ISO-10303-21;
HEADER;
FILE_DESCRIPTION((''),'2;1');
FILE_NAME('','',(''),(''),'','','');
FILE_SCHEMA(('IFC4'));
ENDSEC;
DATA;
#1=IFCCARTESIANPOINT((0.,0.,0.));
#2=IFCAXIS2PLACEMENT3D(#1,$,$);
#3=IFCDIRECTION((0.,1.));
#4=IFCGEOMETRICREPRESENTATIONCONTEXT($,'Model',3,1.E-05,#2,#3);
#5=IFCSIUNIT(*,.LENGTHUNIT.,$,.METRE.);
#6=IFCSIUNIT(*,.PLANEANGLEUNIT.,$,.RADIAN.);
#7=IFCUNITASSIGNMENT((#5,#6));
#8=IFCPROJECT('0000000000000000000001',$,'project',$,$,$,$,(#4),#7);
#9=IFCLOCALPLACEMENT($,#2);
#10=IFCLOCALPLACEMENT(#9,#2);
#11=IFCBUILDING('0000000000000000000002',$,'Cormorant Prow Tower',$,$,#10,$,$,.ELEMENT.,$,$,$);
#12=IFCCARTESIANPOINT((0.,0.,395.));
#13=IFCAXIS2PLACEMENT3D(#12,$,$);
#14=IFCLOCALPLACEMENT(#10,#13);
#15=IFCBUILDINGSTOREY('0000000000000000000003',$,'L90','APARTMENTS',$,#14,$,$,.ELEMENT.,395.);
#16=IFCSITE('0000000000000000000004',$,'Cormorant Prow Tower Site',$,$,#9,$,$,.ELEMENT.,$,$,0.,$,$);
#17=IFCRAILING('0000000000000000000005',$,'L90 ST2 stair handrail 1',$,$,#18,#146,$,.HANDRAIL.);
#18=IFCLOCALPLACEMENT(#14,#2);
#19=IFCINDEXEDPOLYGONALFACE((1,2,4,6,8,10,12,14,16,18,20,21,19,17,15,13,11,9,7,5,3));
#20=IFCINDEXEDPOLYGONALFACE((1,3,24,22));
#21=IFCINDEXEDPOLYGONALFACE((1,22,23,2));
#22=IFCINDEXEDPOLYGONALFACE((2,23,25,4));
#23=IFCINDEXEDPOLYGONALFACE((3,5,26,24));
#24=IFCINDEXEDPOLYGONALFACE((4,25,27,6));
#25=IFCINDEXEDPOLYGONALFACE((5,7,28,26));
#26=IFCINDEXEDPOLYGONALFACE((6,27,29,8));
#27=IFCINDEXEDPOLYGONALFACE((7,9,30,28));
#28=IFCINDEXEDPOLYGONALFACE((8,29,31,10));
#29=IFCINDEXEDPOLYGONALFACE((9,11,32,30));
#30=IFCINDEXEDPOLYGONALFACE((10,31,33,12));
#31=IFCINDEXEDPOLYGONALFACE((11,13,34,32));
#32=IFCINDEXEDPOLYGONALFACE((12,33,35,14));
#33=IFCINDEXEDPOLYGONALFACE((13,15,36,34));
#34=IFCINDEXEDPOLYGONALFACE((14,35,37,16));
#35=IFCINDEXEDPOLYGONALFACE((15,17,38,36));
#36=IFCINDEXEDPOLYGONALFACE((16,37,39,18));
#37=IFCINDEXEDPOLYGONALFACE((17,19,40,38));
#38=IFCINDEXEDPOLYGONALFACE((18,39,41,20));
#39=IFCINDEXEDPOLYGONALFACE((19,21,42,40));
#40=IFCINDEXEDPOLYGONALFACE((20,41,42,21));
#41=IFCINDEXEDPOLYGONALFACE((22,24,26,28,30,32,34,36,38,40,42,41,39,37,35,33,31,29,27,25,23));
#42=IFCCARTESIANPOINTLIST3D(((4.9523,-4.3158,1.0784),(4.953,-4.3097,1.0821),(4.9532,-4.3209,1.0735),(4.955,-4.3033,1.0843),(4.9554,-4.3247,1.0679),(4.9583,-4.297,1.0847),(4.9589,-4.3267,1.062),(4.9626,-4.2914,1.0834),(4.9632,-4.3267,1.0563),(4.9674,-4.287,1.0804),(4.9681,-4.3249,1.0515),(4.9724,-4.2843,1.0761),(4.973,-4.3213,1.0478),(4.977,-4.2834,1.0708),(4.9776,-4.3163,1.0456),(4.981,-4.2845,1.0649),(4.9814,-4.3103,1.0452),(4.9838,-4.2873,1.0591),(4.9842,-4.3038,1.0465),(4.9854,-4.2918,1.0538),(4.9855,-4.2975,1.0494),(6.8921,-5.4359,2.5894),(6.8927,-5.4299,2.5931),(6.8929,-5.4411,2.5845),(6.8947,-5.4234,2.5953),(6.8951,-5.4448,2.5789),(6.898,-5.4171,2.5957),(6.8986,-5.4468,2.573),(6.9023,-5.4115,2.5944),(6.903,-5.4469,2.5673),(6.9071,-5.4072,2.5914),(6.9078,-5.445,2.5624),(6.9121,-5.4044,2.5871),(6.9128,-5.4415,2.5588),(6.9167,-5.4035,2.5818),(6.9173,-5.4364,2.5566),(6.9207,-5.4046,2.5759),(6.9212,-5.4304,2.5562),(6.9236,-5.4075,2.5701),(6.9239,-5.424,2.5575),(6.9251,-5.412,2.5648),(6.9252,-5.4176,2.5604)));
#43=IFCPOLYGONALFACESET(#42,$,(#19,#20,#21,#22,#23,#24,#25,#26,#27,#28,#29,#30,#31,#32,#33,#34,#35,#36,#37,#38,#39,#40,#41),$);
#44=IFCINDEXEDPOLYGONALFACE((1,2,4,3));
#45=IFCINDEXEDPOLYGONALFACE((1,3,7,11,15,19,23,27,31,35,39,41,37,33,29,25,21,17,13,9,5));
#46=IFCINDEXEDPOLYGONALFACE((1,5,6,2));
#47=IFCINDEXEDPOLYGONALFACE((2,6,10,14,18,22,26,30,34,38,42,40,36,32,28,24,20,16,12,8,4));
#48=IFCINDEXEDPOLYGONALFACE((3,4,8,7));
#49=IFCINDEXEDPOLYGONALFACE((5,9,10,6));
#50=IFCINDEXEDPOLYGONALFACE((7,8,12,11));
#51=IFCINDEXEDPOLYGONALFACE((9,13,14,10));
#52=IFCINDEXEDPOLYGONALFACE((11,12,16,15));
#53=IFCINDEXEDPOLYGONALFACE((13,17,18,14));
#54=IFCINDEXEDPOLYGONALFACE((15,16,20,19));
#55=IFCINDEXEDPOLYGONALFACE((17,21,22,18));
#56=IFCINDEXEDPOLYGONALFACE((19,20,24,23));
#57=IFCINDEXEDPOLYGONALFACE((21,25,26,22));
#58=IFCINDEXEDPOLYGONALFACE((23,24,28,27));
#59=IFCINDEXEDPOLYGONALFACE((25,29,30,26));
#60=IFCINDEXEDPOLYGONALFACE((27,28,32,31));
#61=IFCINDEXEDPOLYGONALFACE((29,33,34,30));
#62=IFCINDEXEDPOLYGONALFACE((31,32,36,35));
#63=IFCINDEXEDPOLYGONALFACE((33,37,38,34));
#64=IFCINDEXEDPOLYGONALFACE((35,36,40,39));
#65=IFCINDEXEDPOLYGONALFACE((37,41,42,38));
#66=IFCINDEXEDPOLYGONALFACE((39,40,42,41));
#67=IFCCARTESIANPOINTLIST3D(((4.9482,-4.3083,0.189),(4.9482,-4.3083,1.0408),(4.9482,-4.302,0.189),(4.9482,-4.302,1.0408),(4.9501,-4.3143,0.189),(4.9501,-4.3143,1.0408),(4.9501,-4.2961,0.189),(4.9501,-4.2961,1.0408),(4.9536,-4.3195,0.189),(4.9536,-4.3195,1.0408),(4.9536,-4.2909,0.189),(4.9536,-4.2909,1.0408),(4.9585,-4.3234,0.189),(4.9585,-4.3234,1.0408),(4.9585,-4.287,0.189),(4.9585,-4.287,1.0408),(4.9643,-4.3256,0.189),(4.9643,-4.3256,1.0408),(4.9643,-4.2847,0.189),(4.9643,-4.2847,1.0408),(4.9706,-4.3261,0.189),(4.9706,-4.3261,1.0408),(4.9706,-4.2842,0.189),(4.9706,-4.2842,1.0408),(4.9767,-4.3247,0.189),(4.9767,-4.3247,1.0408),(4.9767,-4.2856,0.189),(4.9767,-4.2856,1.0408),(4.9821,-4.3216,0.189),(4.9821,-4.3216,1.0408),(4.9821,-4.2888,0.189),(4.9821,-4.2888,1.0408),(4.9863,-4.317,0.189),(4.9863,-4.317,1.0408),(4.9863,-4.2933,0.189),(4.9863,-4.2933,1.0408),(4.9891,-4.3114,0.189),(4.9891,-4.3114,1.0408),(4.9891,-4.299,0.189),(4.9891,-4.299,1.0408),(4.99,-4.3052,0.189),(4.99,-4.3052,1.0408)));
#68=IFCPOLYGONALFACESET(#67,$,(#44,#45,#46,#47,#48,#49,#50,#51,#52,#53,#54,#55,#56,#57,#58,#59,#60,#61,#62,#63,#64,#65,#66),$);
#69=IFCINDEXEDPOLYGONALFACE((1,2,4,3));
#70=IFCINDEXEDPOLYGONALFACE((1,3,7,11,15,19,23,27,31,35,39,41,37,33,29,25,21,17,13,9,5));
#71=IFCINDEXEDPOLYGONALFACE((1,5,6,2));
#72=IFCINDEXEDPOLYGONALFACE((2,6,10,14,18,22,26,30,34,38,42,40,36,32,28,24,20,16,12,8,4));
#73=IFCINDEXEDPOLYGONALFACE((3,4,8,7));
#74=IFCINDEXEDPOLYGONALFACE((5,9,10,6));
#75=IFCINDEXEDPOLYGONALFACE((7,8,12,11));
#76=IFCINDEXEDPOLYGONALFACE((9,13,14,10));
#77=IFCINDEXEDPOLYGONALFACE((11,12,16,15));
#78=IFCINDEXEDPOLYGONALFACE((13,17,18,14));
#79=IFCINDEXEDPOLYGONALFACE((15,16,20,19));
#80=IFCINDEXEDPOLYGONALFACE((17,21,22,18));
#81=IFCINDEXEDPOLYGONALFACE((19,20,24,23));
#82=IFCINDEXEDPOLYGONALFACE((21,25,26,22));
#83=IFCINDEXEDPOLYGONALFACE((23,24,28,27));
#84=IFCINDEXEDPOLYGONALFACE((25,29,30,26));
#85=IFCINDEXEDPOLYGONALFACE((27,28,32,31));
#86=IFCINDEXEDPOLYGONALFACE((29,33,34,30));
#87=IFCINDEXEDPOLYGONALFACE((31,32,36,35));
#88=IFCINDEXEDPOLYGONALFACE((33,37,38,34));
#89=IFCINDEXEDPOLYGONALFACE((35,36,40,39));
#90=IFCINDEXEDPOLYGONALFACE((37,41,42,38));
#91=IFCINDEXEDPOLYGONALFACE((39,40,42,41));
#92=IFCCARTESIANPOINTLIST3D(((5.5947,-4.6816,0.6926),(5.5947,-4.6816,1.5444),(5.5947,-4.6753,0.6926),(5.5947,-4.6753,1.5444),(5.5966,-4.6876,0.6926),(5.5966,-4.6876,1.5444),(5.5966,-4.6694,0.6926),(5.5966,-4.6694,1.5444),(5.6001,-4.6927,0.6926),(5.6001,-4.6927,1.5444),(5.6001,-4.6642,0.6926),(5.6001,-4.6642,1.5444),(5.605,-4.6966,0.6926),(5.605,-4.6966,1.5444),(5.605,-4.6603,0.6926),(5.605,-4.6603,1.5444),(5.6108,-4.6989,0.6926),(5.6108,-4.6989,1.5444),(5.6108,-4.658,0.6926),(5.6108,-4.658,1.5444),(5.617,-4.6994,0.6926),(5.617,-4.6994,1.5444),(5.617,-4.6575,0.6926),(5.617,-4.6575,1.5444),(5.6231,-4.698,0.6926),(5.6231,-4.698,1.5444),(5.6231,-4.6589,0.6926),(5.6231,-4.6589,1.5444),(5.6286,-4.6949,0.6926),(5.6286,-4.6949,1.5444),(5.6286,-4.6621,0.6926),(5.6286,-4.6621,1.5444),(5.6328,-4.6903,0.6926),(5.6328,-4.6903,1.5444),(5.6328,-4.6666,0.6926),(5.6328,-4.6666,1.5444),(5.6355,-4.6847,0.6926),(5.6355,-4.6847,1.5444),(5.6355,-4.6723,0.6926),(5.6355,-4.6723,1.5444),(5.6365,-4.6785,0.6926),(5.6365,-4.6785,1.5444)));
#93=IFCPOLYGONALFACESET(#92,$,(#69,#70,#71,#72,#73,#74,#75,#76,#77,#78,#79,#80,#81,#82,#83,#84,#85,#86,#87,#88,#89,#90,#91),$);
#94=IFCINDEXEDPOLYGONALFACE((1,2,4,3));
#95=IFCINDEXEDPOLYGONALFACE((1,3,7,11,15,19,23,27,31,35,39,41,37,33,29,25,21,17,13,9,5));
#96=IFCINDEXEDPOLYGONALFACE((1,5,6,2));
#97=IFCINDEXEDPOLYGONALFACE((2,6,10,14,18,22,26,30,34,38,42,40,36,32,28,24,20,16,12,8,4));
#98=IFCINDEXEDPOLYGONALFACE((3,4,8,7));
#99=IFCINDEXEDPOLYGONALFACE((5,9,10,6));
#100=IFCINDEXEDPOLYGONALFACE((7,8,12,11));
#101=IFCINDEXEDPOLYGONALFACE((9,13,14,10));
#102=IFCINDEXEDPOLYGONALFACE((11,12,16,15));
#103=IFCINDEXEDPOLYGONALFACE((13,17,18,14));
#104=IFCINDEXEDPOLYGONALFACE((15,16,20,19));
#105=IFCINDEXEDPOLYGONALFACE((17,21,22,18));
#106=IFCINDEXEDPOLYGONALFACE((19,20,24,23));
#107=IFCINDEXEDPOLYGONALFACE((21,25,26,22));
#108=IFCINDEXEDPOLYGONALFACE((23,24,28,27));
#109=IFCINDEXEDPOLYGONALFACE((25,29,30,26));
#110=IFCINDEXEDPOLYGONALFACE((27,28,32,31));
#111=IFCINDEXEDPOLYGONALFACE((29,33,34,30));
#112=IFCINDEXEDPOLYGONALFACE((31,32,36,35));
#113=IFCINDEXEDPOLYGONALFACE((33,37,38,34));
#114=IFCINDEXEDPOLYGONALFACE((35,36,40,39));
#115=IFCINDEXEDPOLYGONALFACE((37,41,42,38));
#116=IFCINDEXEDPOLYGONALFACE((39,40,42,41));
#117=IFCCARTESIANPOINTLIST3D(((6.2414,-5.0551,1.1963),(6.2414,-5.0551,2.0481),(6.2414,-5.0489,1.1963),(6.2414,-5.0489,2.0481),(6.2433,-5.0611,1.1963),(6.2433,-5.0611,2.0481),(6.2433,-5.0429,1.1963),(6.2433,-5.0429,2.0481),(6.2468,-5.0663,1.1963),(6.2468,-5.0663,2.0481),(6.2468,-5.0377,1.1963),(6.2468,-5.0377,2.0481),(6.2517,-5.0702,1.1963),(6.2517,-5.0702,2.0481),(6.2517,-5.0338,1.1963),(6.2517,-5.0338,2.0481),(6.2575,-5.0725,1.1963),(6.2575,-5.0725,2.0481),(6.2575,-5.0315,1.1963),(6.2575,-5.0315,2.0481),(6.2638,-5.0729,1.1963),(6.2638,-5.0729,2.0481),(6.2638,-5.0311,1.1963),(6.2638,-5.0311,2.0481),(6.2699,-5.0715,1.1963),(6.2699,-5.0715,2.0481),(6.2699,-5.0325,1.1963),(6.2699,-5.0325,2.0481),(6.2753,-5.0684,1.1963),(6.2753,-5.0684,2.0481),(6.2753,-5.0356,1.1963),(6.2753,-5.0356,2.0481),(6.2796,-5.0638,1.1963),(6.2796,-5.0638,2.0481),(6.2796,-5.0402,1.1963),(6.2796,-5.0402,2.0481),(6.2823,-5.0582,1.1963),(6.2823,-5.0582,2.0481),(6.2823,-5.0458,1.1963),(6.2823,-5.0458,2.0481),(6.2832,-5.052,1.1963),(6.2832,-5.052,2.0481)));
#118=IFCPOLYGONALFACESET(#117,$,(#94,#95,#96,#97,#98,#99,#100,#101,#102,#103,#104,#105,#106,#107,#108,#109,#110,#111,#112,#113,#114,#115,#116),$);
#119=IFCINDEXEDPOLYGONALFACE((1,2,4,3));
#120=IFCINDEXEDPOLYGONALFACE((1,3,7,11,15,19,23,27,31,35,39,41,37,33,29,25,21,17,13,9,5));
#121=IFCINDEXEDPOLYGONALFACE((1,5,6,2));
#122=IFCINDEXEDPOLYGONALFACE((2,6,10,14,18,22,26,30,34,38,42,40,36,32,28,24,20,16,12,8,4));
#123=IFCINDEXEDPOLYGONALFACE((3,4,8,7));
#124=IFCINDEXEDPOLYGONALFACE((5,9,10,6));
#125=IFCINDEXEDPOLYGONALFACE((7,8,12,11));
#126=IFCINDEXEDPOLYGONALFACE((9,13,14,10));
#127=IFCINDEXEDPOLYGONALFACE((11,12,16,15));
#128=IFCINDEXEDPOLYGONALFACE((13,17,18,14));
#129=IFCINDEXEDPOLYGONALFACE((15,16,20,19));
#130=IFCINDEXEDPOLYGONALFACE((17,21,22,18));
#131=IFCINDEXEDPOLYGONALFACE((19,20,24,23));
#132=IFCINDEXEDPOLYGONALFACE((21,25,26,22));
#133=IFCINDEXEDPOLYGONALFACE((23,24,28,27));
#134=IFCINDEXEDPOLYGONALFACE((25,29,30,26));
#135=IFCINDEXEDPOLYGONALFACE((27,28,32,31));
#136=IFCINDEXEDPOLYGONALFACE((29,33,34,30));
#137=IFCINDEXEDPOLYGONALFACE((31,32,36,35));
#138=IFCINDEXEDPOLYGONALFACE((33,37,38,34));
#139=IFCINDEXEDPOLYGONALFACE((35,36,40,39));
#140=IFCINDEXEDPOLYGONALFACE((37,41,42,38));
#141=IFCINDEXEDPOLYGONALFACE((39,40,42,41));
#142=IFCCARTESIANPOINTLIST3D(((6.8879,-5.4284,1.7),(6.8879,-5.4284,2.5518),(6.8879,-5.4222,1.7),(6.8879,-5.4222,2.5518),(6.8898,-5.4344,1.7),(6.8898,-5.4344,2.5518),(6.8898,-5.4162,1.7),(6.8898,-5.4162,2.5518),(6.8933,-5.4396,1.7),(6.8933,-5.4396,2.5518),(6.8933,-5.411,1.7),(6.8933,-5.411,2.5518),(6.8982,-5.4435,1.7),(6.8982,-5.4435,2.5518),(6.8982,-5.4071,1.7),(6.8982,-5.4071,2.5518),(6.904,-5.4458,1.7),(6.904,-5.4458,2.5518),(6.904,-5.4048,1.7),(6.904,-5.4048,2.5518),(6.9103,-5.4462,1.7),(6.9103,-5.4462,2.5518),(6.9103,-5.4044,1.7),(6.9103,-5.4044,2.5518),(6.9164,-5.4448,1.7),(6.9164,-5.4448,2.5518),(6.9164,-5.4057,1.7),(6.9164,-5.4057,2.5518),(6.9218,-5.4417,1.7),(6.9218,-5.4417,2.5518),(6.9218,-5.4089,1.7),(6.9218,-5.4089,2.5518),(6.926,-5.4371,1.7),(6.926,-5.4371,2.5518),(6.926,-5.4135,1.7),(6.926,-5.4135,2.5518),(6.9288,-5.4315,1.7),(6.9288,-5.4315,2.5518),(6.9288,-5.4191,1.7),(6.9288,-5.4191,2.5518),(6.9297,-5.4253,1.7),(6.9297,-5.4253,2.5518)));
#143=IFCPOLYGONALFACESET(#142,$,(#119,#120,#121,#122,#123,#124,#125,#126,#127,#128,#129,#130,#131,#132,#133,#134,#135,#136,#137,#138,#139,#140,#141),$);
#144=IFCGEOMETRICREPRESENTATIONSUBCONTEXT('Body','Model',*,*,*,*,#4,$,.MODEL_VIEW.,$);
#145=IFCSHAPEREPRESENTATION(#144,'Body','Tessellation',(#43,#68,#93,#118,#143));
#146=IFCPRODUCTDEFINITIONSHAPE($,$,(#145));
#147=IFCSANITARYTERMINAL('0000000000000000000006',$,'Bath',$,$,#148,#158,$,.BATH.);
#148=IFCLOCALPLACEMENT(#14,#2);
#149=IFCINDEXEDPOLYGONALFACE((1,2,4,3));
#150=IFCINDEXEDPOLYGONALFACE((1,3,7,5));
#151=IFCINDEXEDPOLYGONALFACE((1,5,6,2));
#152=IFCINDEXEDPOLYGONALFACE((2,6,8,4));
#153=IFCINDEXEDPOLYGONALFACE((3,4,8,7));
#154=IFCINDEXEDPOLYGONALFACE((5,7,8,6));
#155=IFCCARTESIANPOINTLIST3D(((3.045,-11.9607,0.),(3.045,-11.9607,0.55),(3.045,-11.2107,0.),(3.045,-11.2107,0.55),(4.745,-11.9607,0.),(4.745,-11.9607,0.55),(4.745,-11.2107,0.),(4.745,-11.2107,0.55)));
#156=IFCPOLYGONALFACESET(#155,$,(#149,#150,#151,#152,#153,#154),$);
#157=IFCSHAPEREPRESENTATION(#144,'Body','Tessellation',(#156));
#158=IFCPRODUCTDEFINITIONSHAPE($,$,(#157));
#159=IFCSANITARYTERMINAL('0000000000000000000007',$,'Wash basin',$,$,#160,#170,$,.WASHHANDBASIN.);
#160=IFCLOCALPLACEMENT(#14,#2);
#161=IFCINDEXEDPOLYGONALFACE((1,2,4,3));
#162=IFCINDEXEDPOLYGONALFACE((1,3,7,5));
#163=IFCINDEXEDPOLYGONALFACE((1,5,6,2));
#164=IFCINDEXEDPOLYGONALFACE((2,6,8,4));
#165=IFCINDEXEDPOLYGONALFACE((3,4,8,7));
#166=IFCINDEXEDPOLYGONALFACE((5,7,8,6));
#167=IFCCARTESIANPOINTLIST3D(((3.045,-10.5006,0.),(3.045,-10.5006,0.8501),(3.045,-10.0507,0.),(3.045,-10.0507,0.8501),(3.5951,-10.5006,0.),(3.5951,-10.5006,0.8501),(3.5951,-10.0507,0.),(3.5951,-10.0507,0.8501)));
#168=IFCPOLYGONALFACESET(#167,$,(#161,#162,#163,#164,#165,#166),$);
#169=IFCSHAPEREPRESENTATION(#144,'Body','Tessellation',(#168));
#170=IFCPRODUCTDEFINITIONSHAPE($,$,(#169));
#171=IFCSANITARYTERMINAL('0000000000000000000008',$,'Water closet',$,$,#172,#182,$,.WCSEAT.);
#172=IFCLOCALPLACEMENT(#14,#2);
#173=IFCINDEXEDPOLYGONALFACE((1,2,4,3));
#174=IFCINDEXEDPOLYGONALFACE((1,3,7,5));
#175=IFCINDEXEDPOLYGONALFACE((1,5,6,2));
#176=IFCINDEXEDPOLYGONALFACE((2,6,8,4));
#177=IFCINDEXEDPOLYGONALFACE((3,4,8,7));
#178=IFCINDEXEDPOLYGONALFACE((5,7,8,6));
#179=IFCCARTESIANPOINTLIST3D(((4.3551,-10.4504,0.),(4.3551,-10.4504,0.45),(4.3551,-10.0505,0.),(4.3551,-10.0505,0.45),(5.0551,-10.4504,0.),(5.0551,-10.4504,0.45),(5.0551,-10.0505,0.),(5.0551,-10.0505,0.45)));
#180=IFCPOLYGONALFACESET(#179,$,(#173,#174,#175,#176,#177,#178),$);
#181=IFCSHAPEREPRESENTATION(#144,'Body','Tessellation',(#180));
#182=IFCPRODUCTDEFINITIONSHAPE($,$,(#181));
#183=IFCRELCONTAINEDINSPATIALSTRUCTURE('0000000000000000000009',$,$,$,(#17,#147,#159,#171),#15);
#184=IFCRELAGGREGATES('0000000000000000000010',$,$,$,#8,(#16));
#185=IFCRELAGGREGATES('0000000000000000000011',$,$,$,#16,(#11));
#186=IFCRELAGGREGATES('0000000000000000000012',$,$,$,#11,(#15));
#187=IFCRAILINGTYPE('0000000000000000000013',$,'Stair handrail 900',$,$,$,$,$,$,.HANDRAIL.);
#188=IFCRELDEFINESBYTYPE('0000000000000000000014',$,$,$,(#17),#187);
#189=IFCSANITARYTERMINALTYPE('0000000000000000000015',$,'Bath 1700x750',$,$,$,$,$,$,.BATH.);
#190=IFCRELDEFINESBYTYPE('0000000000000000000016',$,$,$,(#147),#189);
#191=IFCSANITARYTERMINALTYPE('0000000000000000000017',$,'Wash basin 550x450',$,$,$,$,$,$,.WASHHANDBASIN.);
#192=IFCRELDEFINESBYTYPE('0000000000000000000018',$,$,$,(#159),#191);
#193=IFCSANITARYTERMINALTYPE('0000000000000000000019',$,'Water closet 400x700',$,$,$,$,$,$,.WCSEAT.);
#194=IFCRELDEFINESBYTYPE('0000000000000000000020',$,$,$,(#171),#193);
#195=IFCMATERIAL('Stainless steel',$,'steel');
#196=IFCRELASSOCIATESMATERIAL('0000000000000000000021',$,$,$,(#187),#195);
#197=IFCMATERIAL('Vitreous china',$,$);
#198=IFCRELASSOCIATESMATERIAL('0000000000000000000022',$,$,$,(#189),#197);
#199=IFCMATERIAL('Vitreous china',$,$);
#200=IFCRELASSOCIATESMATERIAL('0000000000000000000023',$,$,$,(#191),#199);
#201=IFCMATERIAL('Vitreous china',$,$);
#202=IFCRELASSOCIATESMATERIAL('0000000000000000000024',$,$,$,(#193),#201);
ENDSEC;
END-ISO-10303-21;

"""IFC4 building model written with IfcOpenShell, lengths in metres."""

from ifc_helpers import new_model, si_unit, direction, frame, origin, origin_2d, place, context, subcontext, project, spatial, rectangle, circle, extrude, material, type_object, element, save


model = new_model("IFC4")

# Units and contexts
model_context = context("Model", 3, precision=1e-05, world=origin(), true_north=direction((0.0, 1.0)))
body_context = subcontext(model_context, "Body", "Model", "MODEL_VIEW")
ifc_project = project(units=[si_unit("LENGTHUNIT", "METRE"), si_unit("PLANEANGLEUNIT", "RADIAN")], contexts=[model_context])

# Site, building, storey
site_placement = place(None, origin())
site = spatial("IfcSite", under=ifc_project, at=site_placement, Name="Cormorant Prow Tower Site", CompositionType="ELEMENT", RefElevation=0.0)
building_placement = place(site_placement, origin())
building = spatial("IfcBuilding", under=site, at=building_placement, Name="Cormorant Prow Tower", CompositionType="ELEMENT")
storey_placement = place(building_placement, frame((0.0, 0.0, 395.0)))
storey = spatial("IfcBuildingStorey", under=building, at=storey_placement, Name="L90", Description="APARTMENTS", CompositionType="ELEMENT", Elevation=395.0)

# Railing
ifc_material_1 = material(Name="Stainless steel", Category="steel")
railing_type_1 = type_object("IfcRailingType", Name="Stair handrail 900", PredefinedType="HANDRAIL", material=ifc_material_1)
railing_1_placement = place(storey_placement, frame((4.969, -4.3052, 0.189)))
element("IfcRailing", 1, at=railing_1_placement, inside=storey, type_object=railing_type_1, Name="L90 ST2 stair handrail 1", PredefinedType="HANDRAIL", context=body_context, shape_type="SweptSolid", body=[
    extrude(circle(Radius=0.0239, at=origin_2d()), frame((0.0, 0.0, 0.876), z_axis=(0.717906, -0.414569, 0.559235), x_axis=(0.500078, 0.86598, 0.0)), (0.0, 0.0, 1.0), 2.7019),
    extrude(circle(Radius=0.021, at=origin_2d()), origin(), (0.0, 0.0, 1.0), 0.8518),
    extrude(circle(Radius=0.021, at=origin_2d()), frame((0.6465, -0.3733, 0.5037)), (0.0, 0.0, 1.0), 0.8518),
    extrude(circle(Radius=0.021, at=origin_2d()), frame((1.2932, -0.7468, 1.0073)), (0.0, 0.0, 1.0), 0.8518),
    extrude(circle(Radius=0.021, at=origin_2d()), frame((1.9397, -1.1201, 1.511)), (0.0, 0.0, 1.0), 0.8518),
])

# Sanitary terminals
ifc_material_2 = material(Name="Vitreous china")
sanitary_terminal_type_1 = type_object("IfcSanitaryTerminalType", Name="Bath 1700x750", PredefinedType="BATH", material=ifc_material_2)
sanitary_terminal_1_placement = place(storey_placement, frame((3.895, -11.5857, 0.0), z_axis=(0.0, 0.0, 1.0), x_axis=(1.0, 0.0, 0.0)))
element("IfcSanitaryTerminal", 2, at=sanitary_terminal_1_placement, inside=storey, type_object=sanitary_terminal_type_1, Name="Bath", PredefinedType="BATH", context=body_context, shape_type="SweptSolid", body=[
    extrude(rectangle(XDim=1.7, YDim=0.75, at=origin_2d()), origin(), (0.0, 0.0, 1.0), 0.55),
])
ifc_material_3 = material(Name="Vitreous china")
sanitary_terminal_type_2 = type_object("IfcSanitaryTerminalType", Name="Wash basin 550x450", PredefinedType="WASHHANDBASIN", material=ifc_material_3)
sanitary_terminal_2_placement = place(storey_placement, frame((3.3201, -10.2756, 0.0), z_axis=(0.0, 0.0, 1.0), x_axis=(1.0, 0.0, 0.0)))
element("IfcSanitaryTerminal", 3, at=sanitary_terminal_2_placement, inside=storey, type_object=sanitary_terminal_type_2, Name="Wash basin", PredefinedType="WASHHANDBASIN", context=body_context, shape_type="SweptSolid", body=[
    extrude(rectangle(XDim=0.55, YDim=0.45, at=origin_2d()), origin(), (0.0, 0.0, 1.0), 0.8501),
])
ifc_material_4 = material(Name="Vitreous china")
sanitary_terminal_type_3 = type_object("IfcSanitaryTerminalType", Name="Water closet 400x700", PredefinedType="WCSEAT", material=ifc_material_4)
sanitary_terminal_3_placement = place(storey_placement, frame((4.7051, -10.2505, 0.0), z_axis=(0.0, 0.0, 1.0), x_axis=(0.0, -1.0, 0.0)))
element("IfcSanitaryTerminal", 4, at=sanitary_terminal_3_placement, inside=storey, type_object=sanitary_terminal_type_3, Name="Water closet", PredefinedType="WCSEAT", context=body_context, shape_type="SweptSolid", body=[
    extrude(rectangle(XDim=0.3999, YDim=0.7, at=origin_2d()), origin(), (0.0, 0.0, 1.0), 0.45),
])

save(model, "model.ifc")
